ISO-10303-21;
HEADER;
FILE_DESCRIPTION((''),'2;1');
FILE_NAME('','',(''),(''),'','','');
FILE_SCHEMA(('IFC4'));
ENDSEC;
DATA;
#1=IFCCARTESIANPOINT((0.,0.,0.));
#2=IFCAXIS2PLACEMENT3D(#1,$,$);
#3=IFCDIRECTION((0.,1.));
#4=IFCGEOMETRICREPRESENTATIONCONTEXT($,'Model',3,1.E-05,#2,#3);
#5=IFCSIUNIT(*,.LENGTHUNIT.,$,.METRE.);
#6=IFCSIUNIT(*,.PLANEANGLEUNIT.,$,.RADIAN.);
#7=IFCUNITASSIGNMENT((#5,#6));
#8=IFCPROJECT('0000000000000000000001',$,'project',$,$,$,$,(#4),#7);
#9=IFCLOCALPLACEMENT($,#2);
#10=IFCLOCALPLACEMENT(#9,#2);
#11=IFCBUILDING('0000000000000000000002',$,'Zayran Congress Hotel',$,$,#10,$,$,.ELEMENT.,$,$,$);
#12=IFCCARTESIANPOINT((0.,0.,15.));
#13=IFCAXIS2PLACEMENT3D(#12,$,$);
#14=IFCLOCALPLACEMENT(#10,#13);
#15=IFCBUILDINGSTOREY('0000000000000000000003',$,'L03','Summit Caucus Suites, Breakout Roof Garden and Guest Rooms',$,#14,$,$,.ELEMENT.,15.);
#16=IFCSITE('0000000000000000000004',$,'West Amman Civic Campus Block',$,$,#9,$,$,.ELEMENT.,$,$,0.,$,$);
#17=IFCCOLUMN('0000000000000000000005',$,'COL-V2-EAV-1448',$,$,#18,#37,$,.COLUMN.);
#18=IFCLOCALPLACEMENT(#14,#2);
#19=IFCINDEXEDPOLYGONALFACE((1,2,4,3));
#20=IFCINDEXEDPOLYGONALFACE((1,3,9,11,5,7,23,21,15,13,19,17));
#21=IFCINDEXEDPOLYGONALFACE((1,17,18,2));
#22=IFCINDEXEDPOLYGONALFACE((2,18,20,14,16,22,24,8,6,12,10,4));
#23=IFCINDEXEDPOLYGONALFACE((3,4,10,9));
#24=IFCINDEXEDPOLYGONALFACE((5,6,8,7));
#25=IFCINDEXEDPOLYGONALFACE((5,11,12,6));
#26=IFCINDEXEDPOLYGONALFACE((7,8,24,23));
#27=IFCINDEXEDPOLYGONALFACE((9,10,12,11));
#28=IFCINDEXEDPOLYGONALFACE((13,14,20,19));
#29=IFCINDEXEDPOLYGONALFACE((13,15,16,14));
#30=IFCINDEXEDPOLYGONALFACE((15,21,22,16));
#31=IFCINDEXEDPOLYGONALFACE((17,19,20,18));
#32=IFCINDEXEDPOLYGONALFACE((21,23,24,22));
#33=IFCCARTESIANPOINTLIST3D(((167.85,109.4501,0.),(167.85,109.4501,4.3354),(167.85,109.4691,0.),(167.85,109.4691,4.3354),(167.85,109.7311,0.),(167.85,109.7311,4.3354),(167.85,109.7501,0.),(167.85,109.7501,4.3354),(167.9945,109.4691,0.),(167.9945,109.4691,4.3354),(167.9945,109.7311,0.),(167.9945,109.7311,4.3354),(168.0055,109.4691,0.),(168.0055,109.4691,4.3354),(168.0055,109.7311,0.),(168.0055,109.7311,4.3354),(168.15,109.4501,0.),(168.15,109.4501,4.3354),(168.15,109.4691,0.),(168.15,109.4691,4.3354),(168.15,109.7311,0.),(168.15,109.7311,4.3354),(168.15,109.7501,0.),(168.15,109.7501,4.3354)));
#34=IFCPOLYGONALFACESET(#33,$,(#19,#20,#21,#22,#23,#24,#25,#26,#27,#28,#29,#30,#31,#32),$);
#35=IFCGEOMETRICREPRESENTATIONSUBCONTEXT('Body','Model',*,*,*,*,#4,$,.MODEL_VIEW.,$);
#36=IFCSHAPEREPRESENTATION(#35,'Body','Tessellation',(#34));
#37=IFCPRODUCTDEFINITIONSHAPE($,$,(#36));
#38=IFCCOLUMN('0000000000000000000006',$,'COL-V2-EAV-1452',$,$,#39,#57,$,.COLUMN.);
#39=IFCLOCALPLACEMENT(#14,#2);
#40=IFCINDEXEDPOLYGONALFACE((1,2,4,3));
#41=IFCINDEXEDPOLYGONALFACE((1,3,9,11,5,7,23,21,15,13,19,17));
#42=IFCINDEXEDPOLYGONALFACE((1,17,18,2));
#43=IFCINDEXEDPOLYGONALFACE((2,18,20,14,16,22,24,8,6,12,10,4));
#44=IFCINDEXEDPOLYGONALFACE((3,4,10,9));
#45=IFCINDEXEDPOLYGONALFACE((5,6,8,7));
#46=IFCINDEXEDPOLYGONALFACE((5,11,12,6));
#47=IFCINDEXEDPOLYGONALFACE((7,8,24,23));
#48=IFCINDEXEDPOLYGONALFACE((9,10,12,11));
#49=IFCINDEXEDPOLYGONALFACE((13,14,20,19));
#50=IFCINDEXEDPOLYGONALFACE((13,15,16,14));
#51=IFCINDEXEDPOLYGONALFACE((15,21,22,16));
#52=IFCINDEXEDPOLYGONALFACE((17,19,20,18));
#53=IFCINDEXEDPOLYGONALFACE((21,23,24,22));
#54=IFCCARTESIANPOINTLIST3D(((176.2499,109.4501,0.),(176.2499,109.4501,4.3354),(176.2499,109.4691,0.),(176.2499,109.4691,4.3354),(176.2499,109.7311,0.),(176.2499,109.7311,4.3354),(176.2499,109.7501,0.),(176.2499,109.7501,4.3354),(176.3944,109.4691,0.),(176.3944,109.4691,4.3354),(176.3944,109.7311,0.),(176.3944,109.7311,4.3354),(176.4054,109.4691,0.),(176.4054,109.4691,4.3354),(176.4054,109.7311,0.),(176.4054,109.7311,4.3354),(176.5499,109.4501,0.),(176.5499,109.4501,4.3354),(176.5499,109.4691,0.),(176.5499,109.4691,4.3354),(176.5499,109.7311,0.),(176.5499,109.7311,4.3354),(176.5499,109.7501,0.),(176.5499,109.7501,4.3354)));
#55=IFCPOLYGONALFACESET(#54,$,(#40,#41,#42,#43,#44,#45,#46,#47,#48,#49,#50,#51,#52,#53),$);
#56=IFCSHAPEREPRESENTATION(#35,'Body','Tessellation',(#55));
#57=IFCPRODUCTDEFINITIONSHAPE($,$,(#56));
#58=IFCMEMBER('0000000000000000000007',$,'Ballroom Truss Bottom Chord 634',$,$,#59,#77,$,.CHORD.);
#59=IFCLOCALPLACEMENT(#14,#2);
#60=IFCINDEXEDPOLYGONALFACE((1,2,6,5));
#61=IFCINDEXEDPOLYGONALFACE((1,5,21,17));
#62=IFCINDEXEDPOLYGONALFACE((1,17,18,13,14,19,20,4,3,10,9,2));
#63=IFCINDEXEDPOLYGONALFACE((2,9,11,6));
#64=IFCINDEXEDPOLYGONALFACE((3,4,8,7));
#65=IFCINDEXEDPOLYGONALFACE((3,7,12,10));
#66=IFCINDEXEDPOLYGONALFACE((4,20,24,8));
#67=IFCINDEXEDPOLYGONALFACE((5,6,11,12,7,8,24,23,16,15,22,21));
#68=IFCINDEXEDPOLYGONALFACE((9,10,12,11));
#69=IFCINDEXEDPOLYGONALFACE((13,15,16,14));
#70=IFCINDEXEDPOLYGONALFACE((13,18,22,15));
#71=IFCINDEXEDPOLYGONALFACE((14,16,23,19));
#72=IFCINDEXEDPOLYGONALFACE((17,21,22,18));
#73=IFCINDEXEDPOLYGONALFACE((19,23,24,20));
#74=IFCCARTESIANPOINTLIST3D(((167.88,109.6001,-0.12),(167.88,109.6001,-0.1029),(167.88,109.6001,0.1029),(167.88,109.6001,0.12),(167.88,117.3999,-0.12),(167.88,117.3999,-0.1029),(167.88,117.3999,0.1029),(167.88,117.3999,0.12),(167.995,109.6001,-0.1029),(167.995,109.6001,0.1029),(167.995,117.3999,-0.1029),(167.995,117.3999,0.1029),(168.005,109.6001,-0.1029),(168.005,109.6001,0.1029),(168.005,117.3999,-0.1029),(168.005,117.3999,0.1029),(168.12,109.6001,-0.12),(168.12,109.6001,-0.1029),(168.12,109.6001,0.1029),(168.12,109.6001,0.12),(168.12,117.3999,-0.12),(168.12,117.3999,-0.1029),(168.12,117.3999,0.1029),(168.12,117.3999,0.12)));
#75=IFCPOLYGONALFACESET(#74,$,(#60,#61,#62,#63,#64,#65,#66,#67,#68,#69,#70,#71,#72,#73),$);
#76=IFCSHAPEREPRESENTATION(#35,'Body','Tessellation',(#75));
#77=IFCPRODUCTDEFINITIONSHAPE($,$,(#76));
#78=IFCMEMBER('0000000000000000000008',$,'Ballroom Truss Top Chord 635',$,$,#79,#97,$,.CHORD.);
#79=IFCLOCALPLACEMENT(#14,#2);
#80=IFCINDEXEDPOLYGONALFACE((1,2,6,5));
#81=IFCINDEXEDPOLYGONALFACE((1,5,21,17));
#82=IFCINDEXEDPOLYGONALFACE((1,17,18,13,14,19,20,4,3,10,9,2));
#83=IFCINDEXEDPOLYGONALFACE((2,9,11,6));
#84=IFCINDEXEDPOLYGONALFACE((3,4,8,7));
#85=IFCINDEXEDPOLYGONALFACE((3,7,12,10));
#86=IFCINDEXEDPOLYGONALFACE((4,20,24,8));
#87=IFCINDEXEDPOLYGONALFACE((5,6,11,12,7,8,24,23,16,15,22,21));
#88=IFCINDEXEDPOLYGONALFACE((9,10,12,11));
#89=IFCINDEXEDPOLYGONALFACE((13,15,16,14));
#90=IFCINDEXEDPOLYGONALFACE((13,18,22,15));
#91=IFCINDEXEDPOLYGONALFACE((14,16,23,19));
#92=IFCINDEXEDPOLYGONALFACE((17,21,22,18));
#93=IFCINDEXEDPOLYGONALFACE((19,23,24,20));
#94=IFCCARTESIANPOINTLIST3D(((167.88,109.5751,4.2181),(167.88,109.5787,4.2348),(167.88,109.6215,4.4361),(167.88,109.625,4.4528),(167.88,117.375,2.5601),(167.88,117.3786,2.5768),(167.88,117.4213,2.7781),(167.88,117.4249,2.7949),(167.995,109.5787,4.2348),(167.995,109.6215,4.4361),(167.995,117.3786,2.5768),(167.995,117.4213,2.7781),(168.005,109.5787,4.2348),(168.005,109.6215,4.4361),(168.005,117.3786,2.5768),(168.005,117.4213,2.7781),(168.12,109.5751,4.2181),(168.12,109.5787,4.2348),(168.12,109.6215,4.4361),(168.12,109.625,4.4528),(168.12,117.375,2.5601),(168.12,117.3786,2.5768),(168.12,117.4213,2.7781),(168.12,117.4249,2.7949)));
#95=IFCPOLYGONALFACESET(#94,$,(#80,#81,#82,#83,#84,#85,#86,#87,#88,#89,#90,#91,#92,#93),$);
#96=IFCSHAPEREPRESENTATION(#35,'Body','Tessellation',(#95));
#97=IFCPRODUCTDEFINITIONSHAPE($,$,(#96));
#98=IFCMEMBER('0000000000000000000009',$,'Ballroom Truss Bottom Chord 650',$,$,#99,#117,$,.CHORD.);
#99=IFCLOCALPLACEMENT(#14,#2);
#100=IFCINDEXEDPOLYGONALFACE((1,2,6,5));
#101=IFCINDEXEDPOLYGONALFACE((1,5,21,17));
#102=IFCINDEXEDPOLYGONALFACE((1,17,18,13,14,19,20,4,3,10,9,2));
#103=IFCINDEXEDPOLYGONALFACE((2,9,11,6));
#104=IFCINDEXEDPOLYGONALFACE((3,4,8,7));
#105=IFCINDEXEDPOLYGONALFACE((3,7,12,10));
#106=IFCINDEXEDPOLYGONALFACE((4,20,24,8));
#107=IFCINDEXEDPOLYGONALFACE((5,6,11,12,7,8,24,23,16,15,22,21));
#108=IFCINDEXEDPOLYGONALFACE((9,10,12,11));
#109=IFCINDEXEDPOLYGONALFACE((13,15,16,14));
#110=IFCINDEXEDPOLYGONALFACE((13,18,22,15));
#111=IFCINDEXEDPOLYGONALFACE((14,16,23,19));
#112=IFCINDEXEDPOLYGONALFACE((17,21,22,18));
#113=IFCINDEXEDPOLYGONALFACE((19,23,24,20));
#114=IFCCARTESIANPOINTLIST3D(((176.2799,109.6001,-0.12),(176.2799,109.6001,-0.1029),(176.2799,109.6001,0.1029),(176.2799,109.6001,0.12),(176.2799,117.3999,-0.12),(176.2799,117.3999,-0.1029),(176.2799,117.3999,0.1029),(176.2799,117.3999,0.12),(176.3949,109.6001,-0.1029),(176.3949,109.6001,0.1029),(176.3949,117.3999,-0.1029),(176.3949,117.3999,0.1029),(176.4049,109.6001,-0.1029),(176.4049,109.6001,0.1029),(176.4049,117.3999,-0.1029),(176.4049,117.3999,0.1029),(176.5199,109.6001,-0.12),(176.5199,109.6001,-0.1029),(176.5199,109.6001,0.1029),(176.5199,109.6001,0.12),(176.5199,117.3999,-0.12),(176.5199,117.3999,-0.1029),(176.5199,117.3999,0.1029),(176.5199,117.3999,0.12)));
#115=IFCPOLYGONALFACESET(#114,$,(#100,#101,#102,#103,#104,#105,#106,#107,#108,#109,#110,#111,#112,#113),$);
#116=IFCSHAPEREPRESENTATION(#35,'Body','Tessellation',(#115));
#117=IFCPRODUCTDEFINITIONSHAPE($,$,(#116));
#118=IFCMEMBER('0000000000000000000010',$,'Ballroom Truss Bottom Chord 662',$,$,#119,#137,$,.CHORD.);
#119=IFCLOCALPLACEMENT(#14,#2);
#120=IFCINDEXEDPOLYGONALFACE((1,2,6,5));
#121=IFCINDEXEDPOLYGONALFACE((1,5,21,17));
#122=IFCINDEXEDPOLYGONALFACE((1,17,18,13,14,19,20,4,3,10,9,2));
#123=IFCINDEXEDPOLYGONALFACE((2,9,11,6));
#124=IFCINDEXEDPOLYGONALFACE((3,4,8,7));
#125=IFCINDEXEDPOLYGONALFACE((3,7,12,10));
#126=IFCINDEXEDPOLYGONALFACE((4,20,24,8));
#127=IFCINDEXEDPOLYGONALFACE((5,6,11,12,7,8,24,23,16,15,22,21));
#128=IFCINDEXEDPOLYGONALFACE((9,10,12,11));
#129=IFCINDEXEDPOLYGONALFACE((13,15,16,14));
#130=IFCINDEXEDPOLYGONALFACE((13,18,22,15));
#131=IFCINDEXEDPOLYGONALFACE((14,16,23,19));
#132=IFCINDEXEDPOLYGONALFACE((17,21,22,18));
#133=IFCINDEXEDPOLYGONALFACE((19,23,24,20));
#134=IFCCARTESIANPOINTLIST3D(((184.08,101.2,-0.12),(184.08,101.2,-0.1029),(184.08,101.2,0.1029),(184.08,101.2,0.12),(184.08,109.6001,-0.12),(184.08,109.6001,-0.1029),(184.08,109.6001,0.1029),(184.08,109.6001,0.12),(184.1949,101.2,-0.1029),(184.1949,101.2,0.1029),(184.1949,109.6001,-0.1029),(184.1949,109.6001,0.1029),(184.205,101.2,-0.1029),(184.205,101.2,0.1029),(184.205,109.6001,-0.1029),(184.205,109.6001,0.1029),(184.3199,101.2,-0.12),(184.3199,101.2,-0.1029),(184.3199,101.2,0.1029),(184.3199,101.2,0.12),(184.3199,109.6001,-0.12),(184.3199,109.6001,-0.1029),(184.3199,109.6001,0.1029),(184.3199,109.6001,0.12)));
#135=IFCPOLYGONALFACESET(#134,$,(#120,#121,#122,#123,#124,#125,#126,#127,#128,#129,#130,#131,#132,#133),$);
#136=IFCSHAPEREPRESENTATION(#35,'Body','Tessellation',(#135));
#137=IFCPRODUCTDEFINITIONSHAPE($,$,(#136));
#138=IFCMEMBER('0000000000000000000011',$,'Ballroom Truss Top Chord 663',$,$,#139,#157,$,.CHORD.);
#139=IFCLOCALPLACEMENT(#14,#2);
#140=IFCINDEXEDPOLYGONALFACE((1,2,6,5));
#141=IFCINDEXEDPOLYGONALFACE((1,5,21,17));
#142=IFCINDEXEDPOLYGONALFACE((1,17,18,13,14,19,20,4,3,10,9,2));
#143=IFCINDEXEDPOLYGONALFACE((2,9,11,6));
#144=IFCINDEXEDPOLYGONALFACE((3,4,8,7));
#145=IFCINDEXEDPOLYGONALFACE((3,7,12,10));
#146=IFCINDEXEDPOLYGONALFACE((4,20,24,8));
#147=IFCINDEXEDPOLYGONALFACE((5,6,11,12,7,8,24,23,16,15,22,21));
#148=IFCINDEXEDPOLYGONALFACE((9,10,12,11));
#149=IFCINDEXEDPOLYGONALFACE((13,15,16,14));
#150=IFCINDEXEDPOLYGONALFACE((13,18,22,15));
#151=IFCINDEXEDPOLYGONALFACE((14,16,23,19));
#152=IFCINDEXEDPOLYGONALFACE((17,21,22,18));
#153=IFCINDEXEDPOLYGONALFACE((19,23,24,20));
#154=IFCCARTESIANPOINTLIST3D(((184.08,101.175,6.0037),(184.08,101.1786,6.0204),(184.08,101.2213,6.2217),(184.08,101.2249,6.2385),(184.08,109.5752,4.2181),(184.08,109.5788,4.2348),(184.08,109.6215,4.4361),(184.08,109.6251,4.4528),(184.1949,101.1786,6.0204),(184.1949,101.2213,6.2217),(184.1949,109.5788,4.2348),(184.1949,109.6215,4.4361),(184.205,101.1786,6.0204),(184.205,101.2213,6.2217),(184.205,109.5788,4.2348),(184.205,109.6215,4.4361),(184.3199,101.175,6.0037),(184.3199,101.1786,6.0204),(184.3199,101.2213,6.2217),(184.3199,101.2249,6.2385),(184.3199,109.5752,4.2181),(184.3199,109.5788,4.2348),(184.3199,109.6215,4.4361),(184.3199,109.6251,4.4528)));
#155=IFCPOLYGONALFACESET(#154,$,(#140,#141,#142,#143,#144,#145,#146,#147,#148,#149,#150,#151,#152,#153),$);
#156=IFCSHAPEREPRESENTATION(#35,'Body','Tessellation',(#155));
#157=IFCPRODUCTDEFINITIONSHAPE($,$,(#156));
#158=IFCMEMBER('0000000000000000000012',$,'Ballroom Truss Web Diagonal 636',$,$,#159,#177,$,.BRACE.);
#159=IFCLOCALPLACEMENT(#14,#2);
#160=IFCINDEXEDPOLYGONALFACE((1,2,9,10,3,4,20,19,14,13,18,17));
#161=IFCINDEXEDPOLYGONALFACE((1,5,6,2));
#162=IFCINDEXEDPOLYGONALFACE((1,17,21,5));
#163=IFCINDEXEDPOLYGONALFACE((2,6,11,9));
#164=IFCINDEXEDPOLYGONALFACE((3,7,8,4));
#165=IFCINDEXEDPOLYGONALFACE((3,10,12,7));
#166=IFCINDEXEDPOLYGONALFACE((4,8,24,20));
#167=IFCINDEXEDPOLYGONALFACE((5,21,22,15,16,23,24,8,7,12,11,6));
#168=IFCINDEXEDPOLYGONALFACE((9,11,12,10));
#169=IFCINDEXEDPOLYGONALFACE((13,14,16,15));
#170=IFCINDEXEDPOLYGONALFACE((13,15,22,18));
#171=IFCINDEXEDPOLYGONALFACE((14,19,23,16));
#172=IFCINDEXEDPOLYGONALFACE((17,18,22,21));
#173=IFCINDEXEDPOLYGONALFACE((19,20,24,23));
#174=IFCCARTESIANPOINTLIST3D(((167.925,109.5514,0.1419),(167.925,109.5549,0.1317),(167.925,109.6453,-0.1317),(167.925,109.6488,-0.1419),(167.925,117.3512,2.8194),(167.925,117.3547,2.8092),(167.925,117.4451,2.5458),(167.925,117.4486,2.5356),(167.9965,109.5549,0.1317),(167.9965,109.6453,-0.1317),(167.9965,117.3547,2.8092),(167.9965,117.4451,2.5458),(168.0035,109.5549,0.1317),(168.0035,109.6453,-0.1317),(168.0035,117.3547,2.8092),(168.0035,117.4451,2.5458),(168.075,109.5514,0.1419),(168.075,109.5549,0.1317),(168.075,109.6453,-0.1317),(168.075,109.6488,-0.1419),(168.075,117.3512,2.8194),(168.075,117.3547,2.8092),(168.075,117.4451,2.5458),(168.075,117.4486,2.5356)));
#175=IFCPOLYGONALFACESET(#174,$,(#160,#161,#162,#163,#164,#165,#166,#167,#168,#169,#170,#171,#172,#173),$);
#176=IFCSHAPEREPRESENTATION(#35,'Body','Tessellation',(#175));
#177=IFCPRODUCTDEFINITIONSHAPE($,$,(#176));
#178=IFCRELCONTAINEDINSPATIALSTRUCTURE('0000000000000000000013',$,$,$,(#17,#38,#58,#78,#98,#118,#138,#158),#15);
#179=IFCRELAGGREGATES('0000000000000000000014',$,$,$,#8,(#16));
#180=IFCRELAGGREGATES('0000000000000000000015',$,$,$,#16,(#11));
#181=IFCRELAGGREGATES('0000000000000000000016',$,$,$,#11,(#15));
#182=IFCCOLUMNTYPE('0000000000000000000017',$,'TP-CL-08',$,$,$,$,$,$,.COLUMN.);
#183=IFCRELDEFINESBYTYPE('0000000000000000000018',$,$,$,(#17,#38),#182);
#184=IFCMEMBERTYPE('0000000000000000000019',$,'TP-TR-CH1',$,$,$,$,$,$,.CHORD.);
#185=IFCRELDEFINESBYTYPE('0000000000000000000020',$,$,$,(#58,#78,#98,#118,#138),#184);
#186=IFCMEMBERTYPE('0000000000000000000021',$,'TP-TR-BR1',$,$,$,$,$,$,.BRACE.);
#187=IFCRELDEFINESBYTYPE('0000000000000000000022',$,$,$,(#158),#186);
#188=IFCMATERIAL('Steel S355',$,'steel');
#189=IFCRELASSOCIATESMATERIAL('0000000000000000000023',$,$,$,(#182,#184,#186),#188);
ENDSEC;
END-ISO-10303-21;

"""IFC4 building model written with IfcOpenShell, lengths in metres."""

from ifc_helpers import new_model, si_unit, direction, frame, origin, origin_2d, place, context, subcontext, project, spatial, i_section, extrude, material, material_profile, profile_set, type_object, element, save


model = new_model("IFC4")

# Units and contexts
model_context = context("Model", 3, precision=1e-05, world=origin(), true_north=direction((0.0, 1.0)))
body_context = subcontext(model_context, "Body", "Model", "MODEL_VIEW")
ifc_project = project(units=[si_unit("LENGTHUNIT", "METRE"), si_unit("PLANEANGLEUNIT", "RADIAN")], contexts=[model_context])

# Site, building, storey
site_placement = place(None, origin())
site = spatial("IfcSite", under=ifc_project, at=site_placement, Name="West Amman Civic Campus Block", CompositionType="ELEMENT", RefElevation=0.0)
building_placement = place(site_placement, origin())
building = spatial("IfcBuilding", under=site, at=building_placement, Name="Zayran Congress Hotel", CompositionType="ELEMENT")
storey_placement = place(building_placement, frame((0.0, 0.0, 15.0)))
storey = spatial("IfcBuildingStorey", under=building, at=storey_placement, Name="L03", Description="Summit Caucus Suites, Breakout Roof Garden and Guest Rooms", CompositionType="ELEMENT", Elevation=15.0)

# Columns
ifc_material_1 = material(Name="Steel S355", Category="steel")
ifc_material_profile_1 = material_profile(ifc_material_1, i_section(OverallWidth=0.3, OverallDepth=0.3, WebThickness=0.011, FlangeThickness=0.019, at=origin_2d()), Name="HEB 300")
ifc_profile_set_1 = profile_set([ifc_material_profile_1], Name="Steel S355")
column_type = type_object("IfcColumnType", Name="TP-CL-08", PredefinedType="COLUMN", material=ifc_profile_set_1)
for number, where, z_axis, x_axis, name in (
    (1, (168.0, 109.6001, 0.0), (0.0, 0.0, 1.0), (1.0, 0.0, 0.0), "COL-V2-EAV-1448"),
    (2, (176.3999, 109.6001, 0.0), (0.0, 0.0, 1.0), (1.0, 0.0, 0.0), "COL-V2-EAV-1452"),
):
    element("IfcColumn", number, at=place(storey_placement, frame(where, z_axis=z_axis, x_axis=x_axis)), inside=storey, type_object=column_type, Name=name, PredefinedType="COLUMN", context=body_context, shape_type="SweptSolid", body=[
        extrude(i_section(OverallWidth=0.3, OverallDepth=0.3, WebThickness=0.011, FlangeThickness=0.019, at=origin_2d()), origin(), (0.0, 0.0, 1.0), 4.3354),
    ])

# Members
ifc_material_profile_2 = material_profile(ifc_material_1, i_section(OverallWidth=0.24, OverallDepth=0.24, WebThickness=0.01, FlangeThickness=0.0171, at=origin_2d()), Name="HEB 240")
ifc_profile_set_2 = profile_set([ifc_material_profile_2], Name="Steel S355")
member_type_1 = type_object("IfcMemberType", Name="TP-TR-CH1", PredefinedType="CHORD", material=ifc_profile_set_2)
member_1_placement = place(storey_placement, frame((168.0, 109.6001, 0.0), z_axis=(0.0, 1.0, 0.0), x_axis=(-1.0, 0.0, 0.0)))
element("IfcMember", 3, at=member_1_placement, inside=storey, type_object=member_type_1, Name="Ballroom Truss Bottom Chord 634", PredefinedType="CHORD", context=body_context, shape_type="SweptSolid", body=[
    extrude(i_section(OverallWidth=0.24, OverallDepth=0.24, WebThickness=0.01, FlangeThickness=0.0171, at=origin_2d()), origin(), (0.0, 0.0, 1.0), 7.7998),
])
member_2_placement = place(storey_placement, frame((168.0, 109.6001, 4.3354), z_axis=(0.0, 0.978146, -0.207919), x_axis=(-1.0, 0.0, 0.0)))
element("IfcMember", 4, at=member_2_placement, inside=storey, type_object=member_type_1, Name="Ballroom Truss Top Chord 635", PredefinedType="CHORD", context=body_context, shape_type="SweptSolid", body=[
    extrude(i_section(OverallWidth=0.24, OverallDepth=0.24, WebThickness=0.01, FlangeThickness=0.0171, at=origin_2d()), origin(), (0.0, 0.0, 1.0), 7.9741),
])
member_3_placement = place(storey_placement, frame((176.3999, 109.6001, 0.0), z_axis=(0.0, 1.0, 0.0), x_axis=(-1.0, 0.0, 0.0)))
element("IfcMember", 5, at=member_3_placement, inside=storey, type_object=member_type_1, Name="Ballroom Truss Bottom Chord 650", PredefinedType="CHORD", context=body_context, shape_type="SweptSolid", body=[
    extrude(i_section(OverallWidth=0.24, OverallDepth=0.24, WebThickness=0.01, FlangeThickness=0.0171, at=origin_2d()), origin(), (0.0, 0.0, 1.0), 7.7998),
])
member_4_placement = place(storey_placement, frame((184.2, 101.2, 0.0), z_axis=(0.0, 1.0, 0.0), x_axis=(-1.0, 0.0, 0.0)))
element("IfcMember", 6, at=member_4_placement, inside=storey, type_object=member_type_1, Name="Ballroom Truss Bottom Chord 662", PredefinedType="CHORD", context=body_context, shape_type="SweptSolid", body=[
    extrude(i_section(OverallWidth=0.24, OverallDepth=0.24, WebThickness=0.01, FlangeThickness=0.0171, at=origin_2d()), origin(), (0.0, 0.0, 1.0), 8.4001),
])
member_5_placement = place(storey_placement, frame((184.2, 101.2, 6.1211), z_axis=(0.0, 0.978144, -0.207927), x_axis=(-1.0, 0.0, 0.0)))
element("IfcMember", 7, at=member_5_placement, inside=storey, type_object=member_type_1, Name="Ballroom Truss Top Chord 663", PredefinedType="CHORD", context=body_context, shape_type="SweptSolid", body=[
    extrude(i_section(OverallWidth=0.24, OverallDepth=0.24, WebThickness=0.01, FlangeThickness=0.0171, at=origin_2d()), origin(), (0.0, 0.0, 1.0), 8.5879),
])
ifc_material_profile_3 = material_profile(ifc_material_1, i_section(OverallWidth=0.1499, OverallDepth=0.3, WebThickness=0.0071, FlangeThickness=0.0107, at=origin_2d()), Name="IPE 300")
ifc_profile_set_3 = profile_set([ifc_material_profile_3], Name="Steel S355")
member_type_2 = type_object("IfcMemberType", Name="TP-TR-BR1", PredefinedType="BRACE", material=ifc_profile_set_3)
member_6_placement = place(storey_placement, frame((168.0, 109.6001, 0.0), z_axis=(0.0, 0.945824, 0.324679), x_axis=(-1.0, 0.0, 0.0)))
element("IfcMember", 8, at=member_6_placement, inside=storey, type_object=member_type_2, Name="Ballroom Truss Web Diagonal 636", PredefinedType="BRACE", context=body_context, shape_type="SweptSolid", body=[
    extrude(i_section(OverallWidth=0.1499, OverallDepth=0.3, WebThickness=0.0071, FlangeThickness=0.0107, at=origin_2d()), origin(), (0.0, 0.0, 1.0), 8.2466),
])

save(model, "model.ifc")
